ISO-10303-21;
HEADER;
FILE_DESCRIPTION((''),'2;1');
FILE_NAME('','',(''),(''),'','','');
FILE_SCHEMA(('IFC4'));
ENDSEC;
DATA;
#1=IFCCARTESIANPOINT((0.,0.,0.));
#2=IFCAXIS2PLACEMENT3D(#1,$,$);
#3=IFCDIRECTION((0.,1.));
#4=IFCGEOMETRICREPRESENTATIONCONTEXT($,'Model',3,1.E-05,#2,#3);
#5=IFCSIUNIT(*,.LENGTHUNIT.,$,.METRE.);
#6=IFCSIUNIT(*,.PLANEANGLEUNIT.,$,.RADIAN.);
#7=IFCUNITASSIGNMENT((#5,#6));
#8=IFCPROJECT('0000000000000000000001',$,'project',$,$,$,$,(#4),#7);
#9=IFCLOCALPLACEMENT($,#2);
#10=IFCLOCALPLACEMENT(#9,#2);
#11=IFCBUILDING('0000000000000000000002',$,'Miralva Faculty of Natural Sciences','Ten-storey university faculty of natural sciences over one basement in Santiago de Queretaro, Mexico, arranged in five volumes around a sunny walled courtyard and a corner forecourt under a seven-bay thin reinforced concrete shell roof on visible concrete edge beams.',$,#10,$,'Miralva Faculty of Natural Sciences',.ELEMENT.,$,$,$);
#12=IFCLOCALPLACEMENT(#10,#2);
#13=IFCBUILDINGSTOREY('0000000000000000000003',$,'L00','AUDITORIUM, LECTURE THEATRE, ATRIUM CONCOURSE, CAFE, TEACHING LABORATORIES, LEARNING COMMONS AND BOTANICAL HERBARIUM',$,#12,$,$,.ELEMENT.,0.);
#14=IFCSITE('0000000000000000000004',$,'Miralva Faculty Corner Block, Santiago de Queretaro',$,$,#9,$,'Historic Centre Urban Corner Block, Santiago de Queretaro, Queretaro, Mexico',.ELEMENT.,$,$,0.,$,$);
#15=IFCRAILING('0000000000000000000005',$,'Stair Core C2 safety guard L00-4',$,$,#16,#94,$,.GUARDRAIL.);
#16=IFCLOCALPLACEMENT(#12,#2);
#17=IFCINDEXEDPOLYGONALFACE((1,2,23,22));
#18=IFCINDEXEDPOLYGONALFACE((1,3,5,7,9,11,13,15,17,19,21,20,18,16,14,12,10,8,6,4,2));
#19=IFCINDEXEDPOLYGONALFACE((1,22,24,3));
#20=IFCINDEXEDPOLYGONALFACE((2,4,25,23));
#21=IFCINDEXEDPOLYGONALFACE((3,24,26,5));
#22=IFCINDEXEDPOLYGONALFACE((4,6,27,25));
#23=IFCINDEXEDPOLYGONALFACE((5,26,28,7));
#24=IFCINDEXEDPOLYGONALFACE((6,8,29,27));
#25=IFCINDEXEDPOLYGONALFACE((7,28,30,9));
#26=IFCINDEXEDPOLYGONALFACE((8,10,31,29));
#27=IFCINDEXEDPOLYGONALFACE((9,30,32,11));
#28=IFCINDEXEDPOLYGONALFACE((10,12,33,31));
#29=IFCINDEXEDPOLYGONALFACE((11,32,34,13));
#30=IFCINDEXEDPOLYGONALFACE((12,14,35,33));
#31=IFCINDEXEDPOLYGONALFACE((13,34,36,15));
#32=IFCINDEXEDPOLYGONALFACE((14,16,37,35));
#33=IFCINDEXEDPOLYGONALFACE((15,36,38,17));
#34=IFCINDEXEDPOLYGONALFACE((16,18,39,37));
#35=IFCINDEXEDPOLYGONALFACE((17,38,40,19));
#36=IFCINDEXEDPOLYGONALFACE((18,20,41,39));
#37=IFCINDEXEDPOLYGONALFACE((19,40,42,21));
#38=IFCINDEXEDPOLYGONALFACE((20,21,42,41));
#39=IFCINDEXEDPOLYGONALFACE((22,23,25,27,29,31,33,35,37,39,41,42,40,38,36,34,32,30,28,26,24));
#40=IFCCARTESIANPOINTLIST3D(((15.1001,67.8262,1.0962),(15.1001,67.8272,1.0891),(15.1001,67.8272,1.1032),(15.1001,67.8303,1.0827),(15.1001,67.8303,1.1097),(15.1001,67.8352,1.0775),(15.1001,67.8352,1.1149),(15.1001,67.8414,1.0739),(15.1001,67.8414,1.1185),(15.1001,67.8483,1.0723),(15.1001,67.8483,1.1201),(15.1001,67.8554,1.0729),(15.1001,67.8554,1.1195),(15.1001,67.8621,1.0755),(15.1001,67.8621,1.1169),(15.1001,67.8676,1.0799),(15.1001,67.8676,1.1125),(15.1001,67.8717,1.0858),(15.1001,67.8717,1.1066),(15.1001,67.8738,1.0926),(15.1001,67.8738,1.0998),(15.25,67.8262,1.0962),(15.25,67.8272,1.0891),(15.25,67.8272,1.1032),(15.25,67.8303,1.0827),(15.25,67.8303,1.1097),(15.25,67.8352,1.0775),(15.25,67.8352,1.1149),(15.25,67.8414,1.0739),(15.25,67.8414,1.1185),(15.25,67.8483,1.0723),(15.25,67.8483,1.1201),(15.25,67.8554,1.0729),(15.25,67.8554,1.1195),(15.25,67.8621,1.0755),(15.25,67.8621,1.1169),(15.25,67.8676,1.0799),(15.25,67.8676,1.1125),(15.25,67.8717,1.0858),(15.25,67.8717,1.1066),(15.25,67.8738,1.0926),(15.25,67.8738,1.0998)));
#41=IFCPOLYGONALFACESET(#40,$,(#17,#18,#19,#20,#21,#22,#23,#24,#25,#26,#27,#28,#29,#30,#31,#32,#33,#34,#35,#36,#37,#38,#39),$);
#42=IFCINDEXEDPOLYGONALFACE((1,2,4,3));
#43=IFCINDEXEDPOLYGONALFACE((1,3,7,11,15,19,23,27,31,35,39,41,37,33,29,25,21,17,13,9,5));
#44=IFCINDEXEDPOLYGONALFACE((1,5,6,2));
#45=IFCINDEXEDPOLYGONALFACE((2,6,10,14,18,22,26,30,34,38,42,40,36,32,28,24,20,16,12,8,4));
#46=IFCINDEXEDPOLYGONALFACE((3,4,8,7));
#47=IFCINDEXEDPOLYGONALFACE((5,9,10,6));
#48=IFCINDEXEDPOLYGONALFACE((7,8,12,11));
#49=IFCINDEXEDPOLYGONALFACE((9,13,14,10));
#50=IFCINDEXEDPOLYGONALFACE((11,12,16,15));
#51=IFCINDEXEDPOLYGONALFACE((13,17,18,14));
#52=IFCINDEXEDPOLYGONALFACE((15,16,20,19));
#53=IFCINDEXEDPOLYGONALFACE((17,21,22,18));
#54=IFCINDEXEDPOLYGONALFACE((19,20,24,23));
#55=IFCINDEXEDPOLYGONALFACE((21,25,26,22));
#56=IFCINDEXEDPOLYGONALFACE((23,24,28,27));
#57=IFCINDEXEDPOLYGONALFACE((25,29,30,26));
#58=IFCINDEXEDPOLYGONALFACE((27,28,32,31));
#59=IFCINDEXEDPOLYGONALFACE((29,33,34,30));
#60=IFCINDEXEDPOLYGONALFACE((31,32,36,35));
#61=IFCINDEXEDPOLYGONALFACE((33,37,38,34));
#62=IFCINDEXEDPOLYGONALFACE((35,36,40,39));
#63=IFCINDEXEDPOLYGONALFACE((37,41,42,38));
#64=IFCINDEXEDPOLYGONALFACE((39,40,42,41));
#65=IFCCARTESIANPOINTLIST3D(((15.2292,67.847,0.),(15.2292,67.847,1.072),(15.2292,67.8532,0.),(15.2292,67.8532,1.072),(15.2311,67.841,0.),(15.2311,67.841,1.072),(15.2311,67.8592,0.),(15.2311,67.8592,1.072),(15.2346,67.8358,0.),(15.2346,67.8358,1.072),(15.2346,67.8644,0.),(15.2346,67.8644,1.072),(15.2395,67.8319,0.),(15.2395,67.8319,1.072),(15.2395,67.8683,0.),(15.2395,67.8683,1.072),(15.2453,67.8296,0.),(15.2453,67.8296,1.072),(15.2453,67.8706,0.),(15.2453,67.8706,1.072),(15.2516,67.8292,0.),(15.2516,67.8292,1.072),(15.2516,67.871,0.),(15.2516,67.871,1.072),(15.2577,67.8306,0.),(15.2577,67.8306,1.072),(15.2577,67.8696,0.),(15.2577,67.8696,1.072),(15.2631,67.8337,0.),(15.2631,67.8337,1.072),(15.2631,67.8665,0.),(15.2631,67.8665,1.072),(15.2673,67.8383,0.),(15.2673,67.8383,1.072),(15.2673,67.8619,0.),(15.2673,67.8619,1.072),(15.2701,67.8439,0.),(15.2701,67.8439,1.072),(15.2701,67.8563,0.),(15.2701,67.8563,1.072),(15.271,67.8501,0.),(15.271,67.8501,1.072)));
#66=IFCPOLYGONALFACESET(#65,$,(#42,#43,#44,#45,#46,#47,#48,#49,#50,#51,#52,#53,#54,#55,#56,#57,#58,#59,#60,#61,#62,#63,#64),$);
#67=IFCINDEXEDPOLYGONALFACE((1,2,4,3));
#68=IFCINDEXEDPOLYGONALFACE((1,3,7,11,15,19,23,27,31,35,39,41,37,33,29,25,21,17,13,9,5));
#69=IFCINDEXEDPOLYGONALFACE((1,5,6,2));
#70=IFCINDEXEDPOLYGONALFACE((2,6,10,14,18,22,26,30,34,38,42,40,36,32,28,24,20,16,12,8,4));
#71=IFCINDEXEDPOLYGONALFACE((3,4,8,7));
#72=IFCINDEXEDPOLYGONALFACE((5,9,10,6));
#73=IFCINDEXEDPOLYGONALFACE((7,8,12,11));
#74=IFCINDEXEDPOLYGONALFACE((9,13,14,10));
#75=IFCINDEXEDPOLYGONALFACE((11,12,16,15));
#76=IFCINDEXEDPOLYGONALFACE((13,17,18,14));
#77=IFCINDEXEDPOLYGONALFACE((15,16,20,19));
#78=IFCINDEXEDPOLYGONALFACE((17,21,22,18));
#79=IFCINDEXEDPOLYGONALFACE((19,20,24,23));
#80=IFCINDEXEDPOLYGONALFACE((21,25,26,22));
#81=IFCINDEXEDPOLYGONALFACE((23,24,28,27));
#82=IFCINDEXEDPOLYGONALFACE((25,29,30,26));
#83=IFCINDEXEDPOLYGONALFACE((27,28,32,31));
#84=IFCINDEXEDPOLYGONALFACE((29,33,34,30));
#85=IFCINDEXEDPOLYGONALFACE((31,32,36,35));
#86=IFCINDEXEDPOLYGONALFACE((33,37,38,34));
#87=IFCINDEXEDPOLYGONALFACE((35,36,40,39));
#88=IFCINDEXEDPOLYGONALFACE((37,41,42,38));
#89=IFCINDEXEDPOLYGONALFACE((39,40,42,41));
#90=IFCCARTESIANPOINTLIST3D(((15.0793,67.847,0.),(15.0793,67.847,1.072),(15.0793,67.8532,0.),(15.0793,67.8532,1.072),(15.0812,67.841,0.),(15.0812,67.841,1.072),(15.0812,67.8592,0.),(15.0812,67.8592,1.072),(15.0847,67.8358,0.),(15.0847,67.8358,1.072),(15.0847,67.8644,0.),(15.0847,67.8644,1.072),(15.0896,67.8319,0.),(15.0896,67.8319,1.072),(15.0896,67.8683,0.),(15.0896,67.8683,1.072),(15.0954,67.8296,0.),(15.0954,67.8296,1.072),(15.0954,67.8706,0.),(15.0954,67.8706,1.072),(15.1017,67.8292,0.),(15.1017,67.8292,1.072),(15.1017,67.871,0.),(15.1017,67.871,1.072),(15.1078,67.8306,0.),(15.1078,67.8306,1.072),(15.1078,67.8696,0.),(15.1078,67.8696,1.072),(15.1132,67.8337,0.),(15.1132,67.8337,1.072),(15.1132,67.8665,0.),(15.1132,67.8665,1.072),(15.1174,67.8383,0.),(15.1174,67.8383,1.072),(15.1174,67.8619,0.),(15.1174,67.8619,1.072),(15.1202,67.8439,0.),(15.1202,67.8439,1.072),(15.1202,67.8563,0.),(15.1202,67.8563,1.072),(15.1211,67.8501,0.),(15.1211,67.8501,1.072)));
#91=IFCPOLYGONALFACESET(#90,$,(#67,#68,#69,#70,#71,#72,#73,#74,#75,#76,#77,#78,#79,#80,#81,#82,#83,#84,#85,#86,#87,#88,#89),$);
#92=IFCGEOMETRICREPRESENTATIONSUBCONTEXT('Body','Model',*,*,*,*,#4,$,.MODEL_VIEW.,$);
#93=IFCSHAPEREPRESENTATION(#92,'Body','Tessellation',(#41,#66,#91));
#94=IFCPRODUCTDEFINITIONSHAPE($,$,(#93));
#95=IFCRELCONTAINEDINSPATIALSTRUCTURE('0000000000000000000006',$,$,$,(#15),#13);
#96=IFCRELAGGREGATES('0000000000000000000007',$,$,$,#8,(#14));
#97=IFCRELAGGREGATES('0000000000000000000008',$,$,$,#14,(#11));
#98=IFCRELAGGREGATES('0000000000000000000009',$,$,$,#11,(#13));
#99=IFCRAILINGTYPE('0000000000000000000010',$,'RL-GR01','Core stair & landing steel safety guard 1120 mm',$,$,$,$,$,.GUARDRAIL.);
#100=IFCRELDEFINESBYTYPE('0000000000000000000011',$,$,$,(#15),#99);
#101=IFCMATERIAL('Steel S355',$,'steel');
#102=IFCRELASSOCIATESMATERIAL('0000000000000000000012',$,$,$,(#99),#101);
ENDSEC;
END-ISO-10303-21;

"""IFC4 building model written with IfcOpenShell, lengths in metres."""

from ifc_helpers import new_model, si_unit, direction, frame, origin, origin_2d, place, context, subcontext, project, spatial, circle, extrude, material, type_object, element, save


model = new_model("IFC4")

# Units and contexts
model_context = context("Model", 3, precision=1e-05, world=origin(), true_north=direction((0.0, 1.0)))
body_context = subcontext(model_context, "Body", "Model", "MODEL_VIEW")
ifc_project = project(units=[si_unit("LENGTHUNIT", "METRE"), si_unit("PLANEANGLEUNIT", "RADIAN")], contexts=[model_context])

# Site, building, storey
site_placement = place(None, origin())
site = spatial("IfcSite", under=ifc_project, at=site_placement, Name="Miralva Faculty Corner Block, Santiago de Queretaro", LongName="Historic Centre Urban Corner Block, Santiago de Queretaro, Queretaro, Mexico", CompositionType="ELEMENT", RefElevation=0.0)
building_placement = place(site_placement, origin())
building = spatial("IfcBuilding", under=site, at=building_placement, Name="Miralva Faculty of Natural Sciences", Description="Ten-storey university faculty of natural sciences over one basement in Santiago de Queretaro, Mexico, arranged in five volumes around a sunny walled courtyard and a corner forecourt under a seven-bay thin reinforced concrete shell roof on visible concrete edge beams.", LongName="Miralva Faculty of Natural Sciences", CompositionType="ELEMENT")
storey_placement = place(building_placement, origin())
storey = spatial("IfcBuildingStorey", under=building, at=storey_placement, Name="L00", Description="AUDITORIUM, LECTURE THEATRE, ATRIUM CONCOURSE, CAFE, TEACHING LABORATORIES, LEARNING COMMONS AND BOTANICAL HERBARIUM", CompositionType="ELEMENT", Elevation=0.0)

# Railing
ifc_material_1 = material(Name="Steel S355", Category="steel")
railing_type_1 = type_object("IfcRailingType", Name="RL-GR01", Description="Core stair & landing steel safety guard 1120 mm", PredefinedType="GUARDRAIL", material=ifc_material_1)
railing_1_placement = place(storey_placement, frame((15.25, 67.8501, 0.0)))
element("IfcRailing", 1, at=railing_1_placement, inside=storey, type_object=railing_type_1, Name="Stair Core C2 safety guard L00-4", PredefinedType="GUARDRAIL", context=body_context, shape_type="SweptSolid", body=[
    extrude(circle(Radius=0.0239, at=origin_2d()), frame((0.0, 0.0, 1.0962), z_axis=(-1.0, 0.0, 0.0), x_axis=(0.0, -1.0, 0.0)), (0.0, 0.0, 1.0), 0.1499),
    extrude(circle(Radius=0.021, at=origin_2d()), origin(), (0.0, 0.0, 1.0), 1.072),
    extrude(circle(Radius=0.021, at=origin_2d()), frame((-0.1499, 0.0, 0.0)), (0.0, 0.0, 1.0), 1.072),
])

save(model, "model.ifc")
